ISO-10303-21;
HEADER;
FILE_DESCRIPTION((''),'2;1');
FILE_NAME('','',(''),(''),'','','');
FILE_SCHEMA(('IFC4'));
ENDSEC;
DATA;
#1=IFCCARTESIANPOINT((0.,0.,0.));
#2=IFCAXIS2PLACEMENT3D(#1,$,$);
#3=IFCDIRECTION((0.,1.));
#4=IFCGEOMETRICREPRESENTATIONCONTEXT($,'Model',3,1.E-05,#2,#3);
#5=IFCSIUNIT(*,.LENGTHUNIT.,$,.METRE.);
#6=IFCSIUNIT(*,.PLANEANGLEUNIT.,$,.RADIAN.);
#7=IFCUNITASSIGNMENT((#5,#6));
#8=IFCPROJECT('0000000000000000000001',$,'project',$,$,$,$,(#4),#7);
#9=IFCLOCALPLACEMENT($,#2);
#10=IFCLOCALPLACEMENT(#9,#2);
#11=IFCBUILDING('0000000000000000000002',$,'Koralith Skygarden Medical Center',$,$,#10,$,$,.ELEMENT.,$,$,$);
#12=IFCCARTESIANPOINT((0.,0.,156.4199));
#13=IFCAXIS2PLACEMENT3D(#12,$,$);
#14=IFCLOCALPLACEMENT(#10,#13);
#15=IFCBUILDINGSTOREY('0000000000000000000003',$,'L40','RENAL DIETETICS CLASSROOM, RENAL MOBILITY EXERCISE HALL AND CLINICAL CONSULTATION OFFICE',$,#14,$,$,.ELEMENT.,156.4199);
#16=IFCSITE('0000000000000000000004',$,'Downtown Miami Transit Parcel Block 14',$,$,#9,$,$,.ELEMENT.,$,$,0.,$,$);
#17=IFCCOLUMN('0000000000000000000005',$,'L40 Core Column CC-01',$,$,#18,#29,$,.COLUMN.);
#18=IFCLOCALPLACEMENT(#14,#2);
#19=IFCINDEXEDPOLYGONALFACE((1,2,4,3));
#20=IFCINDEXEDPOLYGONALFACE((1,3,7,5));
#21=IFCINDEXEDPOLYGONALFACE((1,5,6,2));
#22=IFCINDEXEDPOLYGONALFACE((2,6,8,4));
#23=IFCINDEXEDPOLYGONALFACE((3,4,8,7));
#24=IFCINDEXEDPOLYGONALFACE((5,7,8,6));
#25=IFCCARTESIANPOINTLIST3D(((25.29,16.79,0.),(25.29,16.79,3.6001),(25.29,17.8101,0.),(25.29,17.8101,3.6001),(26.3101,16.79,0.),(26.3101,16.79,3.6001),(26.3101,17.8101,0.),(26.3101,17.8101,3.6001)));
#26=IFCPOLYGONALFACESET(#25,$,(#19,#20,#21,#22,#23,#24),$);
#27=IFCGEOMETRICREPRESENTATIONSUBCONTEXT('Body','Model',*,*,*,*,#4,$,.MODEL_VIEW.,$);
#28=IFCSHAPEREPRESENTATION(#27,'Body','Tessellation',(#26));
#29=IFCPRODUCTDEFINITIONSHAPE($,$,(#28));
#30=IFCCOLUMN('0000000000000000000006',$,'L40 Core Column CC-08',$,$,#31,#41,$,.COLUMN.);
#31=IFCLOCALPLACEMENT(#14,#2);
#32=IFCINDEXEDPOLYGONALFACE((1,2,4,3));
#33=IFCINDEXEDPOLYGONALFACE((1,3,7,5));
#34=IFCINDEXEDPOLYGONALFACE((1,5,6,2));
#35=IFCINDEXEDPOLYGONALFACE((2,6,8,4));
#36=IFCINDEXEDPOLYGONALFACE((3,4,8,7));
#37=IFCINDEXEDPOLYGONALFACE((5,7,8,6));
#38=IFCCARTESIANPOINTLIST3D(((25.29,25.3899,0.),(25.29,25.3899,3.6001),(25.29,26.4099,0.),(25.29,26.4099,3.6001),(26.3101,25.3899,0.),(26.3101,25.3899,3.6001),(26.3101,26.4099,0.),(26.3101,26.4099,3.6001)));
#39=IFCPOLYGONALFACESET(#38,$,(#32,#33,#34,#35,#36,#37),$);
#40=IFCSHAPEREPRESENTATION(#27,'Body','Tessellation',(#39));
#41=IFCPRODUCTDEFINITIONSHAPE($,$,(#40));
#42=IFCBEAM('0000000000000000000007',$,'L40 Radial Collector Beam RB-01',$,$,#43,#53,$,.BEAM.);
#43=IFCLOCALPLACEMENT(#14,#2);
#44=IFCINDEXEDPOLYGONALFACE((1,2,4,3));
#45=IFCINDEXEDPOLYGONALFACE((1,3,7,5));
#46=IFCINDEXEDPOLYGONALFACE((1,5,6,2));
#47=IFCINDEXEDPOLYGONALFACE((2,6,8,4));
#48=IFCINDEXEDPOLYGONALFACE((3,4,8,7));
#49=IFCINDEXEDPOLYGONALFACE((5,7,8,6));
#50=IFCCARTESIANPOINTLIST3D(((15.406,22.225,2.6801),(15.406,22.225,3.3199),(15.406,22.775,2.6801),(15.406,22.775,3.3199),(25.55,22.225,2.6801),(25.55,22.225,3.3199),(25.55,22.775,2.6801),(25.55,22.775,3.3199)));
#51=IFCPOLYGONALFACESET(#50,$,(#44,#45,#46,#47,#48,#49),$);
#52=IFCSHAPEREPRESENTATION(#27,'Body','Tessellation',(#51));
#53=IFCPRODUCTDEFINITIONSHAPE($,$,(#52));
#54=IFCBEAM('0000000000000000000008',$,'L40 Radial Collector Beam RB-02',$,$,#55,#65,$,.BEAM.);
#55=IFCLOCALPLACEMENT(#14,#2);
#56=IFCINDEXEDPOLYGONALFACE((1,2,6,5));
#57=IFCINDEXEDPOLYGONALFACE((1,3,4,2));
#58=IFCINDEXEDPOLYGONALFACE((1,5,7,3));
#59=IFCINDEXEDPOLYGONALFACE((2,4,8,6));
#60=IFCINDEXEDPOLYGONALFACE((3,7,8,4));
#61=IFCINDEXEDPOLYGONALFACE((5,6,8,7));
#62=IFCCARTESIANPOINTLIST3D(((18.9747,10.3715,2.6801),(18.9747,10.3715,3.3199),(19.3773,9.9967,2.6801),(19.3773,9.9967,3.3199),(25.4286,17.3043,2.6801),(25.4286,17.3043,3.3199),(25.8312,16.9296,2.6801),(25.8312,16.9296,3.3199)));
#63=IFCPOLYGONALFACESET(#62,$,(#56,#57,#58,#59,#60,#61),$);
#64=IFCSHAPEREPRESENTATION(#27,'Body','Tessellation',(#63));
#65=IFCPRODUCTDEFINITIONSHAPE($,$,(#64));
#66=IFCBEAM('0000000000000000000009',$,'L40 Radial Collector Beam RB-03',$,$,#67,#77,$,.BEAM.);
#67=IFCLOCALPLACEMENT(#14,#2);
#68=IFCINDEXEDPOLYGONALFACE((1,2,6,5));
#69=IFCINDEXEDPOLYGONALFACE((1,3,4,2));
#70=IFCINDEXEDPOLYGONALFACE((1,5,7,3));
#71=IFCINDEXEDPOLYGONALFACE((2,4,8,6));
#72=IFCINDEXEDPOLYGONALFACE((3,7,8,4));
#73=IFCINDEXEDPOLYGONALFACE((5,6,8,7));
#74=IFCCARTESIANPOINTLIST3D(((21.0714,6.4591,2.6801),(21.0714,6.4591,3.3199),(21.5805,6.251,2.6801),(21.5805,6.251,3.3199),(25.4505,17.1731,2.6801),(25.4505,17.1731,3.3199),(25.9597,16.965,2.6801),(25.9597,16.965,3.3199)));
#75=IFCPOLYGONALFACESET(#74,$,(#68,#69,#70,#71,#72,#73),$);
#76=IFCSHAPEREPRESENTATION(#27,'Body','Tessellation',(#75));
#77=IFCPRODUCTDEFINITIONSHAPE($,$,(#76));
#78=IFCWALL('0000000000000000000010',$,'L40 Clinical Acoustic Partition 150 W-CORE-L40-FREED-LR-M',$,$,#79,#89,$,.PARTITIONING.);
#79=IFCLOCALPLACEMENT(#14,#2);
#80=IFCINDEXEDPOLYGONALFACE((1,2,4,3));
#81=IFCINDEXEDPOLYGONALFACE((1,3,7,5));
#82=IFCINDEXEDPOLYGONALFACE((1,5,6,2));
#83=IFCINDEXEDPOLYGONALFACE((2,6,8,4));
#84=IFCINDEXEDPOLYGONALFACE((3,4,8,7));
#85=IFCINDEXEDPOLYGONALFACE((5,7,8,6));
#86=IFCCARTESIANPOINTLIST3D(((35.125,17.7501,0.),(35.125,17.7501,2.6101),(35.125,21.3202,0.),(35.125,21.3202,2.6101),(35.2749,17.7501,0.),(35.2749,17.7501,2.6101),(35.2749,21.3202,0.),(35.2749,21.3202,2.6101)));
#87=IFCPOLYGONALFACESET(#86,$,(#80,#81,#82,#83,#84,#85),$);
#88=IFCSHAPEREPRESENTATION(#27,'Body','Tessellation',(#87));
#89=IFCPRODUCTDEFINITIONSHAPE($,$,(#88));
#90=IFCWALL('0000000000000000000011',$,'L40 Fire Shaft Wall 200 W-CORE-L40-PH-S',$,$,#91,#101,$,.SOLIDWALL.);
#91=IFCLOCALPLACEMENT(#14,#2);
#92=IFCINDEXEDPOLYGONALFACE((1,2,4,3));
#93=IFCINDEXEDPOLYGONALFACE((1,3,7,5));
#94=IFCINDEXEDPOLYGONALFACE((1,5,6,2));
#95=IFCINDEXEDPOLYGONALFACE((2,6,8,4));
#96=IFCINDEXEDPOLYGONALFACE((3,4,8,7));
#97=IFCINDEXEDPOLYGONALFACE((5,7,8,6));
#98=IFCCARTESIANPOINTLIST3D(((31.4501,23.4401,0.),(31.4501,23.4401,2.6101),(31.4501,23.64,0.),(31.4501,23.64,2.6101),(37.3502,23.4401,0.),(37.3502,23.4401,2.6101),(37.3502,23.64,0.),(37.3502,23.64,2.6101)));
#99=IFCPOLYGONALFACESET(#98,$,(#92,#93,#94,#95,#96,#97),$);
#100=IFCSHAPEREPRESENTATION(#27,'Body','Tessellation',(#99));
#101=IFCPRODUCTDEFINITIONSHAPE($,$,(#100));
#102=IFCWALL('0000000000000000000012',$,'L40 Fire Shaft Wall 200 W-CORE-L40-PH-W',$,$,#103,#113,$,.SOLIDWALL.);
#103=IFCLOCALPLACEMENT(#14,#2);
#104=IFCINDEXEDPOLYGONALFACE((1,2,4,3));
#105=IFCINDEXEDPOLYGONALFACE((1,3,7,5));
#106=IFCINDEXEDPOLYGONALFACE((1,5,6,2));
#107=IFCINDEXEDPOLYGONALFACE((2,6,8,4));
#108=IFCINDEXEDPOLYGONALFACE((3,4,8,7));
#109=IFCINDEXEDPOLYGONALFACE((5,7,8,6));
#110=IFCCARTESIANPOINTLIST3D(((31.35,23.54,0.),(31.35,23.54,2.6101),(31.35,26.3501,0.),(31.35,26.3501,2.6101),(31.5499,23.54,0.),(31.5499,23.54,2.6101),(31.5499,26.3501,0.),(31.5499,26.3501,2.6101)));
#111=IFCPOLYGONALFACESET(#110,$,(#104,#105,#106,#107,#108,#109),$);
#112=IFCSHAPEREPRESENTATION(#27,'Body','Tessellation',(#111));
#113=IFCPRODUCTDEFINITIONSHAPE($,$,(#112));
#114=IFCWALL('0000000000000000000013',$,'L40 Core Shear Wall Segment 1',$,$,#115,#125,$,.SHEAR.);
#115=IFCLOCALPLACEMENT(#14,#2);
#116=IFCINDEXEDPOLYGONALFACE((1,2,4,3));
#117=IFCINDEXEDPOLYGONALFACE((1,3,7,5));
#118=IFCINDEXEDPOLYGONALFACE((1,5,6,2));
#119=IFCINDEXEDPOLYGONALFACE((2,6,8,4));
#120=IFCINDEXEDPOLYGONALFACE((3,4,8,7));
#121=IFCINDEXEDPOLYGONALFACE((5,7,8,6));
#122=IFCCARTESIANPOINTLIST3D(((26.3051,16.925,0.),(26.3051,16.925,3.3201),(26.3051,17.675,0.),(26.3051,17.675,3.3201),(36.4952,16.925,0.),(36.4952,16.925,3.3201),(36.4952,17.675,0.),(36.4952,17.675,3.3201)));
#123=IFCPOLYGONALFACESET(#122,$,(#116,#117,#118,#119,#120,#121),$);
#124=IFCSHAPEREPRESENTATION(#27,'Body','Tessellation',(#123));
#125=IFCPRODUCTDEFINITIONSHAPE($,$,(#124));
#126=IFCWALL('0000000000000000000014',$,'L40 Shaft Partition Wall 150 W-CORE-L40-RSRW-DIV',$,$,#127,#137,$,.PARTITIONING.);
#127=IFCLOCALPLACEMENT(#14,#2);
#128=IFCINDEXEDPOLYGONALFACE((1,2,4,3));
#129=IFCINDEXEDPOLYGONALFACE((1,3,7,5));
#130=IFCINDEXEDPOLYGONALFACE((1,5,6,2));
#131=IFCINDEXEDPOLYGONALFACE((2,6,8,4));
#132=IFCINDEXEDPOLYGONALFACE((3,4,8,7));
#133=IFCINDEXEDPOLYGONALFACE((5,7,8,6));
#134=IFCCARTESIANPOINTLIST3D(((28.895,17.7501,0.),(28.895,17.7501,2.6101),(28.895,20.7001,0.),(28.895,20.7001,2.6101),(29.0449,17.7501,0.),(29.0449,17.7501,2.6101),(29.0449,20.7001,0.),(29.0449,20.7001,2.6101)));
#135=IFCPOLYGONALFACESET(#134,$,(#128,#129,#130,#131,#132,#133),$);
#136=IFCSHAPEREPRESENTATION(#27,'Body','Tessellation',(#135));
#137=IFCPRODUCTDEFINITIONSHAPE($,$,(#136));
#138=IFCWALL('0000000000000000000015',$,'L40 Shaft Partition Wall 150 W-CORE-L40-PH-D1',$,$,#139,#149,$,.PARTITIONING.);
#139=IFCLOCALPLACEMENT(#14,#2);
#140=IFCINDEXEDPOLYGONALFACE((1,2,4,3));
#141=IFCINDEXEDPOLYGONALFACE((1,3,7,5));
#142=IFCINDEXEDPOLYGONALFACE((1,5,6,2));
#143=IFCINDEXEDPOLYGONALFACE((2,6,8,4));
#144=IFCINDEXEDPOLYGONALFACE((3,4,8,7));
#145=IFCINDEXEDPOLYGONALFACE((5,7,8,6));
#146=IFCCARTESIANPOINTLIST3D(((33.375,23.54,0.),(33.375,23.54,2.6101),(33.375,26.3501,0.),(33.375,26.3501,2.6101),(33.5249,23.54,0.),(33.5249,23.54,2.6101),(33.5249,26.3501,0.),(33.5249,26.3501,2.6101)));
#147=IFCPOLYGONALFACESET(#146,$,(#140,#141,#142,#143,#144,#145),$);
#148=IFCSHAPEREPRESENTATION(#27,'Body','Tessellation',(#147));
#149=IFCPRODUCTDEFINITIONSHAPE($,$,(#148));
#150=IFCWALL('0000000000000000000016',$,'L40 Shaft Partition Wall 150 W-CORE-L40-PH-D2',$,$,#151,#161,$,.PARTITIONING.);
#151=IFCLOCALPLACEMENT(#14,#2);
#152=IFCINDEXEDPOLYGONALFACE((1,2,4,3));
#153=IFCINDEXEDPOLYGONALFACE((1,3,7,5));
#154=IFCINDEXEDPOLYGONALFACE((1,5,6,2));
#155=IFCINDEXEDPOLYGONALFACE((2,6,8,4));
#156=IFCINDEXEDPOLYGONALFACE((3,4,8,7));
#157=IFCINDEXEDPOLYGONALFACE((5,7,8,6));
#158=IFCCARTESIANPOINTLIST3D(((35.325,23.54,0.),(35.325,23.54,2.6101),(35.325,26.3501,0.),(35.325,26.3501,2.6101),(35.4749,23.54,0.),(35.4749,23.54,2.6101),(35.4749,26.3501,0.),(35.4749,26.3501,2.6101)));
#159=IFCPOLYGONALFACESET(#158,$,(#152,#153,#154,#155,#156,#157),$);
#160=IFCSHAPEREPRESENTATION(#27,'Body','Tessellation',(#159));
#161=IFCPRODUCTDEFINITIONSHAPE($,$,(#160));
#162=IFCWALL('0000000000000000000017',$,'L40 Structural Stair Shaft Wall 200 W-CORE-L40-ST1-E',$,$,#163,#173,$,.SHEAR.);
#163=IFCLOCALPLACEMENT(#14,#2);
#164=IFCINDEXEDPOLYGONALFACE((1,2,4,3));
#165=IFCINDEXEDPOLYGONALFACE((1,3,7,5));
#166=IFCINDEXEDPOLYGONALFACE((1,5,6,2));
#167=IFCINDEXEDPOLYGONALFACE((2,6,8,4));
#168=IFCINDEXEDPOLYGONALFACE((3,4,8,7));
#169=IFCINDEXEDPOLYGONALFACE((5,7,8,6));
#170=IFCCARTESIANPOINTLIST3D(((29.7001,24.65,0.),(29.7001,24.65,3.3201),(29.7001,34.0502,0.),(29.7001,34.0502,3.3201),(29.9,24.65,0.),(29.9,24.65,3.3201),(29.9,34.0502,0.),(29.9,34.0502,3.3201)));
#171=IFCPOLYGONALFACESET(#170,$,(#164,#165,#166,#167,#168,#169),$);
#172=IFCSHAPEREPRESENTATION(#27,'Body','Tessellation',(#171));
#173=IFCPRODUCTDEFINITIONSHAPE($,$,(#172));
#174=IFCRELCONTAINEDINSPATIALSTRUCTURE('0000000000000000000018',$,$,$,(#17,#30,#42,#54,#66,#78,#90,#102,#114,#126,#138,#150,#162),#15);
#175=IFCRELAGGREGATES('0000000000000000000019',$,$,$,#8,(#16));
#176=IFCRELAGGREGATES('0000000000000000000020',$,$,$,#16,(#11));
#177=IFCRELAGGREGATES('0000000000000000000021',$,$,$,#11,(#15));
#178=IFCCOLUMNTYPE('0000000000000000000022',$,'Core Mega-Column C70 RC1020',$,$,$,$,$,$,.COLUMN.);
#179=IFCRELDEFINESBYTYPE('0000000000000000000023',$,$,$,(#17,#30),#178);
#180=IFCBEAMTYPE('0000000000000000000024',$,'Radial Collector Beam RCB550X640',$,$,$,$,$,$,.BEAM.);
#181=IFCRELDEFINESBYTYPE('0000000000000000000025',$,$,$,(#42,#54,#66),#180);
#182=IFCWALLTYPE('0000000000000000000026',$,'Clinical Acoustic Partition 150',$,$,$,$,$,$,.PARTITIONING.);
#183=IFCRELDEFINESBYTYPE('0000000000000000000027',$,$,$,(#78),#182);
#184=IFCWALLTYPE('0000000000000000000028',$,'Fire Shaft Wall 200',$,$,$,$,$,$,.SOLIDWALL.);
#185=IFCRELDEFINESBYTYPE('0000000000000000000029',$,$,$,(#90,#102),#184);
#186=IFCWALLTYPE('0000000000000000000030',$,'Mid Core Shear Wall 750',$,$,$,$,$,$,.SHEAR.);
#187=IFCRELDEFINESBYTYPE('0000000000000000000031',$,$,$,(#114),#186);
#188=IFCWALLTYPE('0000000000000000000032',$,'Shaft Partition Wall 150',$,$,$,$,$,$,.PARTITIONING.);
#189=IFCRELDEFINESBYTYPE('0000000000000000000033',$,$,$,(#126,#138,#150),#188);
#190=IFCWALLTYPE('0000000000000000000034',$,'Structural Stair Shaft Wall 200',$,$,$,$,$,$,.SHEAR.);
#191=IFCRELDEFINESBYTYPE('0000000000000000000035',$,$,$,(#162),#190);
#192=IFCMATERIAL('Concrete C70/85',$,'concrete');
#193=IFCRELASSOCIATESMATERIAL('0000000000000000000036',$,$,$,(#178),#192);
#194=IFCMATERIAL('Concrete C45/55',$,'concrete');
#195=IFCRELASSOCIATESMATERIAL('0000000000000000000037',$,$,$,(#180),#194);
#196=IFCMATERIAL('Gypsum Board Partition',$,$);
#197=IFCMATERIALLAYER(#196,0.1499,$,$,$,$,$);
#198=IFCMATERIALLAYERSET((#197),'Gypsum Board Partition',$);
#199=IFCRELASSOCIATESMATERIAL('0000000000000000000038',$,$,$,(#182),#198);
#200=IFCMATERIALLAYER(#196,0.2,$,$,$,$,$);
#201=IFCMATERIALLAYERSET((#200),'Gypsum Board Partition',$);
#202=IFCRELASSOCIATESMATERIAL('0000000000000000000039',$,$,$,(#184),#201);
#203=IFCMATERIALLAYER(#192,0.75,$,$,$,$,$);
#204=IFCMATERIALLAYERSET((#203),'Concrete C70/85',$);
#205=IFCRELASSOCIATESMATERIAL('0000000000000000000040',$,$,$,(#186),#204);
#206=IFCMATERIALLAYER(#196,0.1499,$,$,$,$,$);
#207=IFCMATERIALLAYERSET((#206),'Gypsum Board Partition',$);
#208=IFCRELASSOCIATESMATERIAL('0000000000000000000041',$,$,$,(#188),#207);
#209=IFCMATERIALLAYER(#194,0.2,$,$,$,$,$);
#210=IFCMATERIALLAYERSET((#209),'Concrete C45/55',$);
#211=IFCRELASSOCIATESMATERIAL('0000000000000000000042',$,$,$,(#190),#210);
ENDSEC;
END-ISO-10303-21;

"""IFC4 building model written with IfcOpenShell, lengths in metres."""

from ifc_helpers import new_model, si_unit, direction, frame, frame_2d, origin, origin_2d, place, context, subcontext, project, spatial, rectangle, extrude, material, layer, layer_set, material_profile, profile_set, type_object, element, save


model = new_model("IFC4")

# Units and contexts
model_context = context("Model", 3, precision=1e-05, world=origin(), true_north=direction((0.0, 1.0)))
body_context = subcontext(model_context, "Body", "Model", "MODEL_VIEW")
ifc_project = project(units=[si_unit("LENGTHUNIT", "METRE"), si_unit("PLANEANGLEUNIT", "RADIAN")], contexts=[model_context])

# Site, building, storey
site_placement = place(None, origin())
site = spatial("IfcSite", under=ifc_project, at=site_placement, Name="Downtown Miami Transit Parcel Block 14", CompositionType="ELEMENT", RefElevation=0.0)
building_placement = place(site_placement, origin())
building = spatial("IfcBuilding", under=site, at=building_placement, Name="Koralith Skygarden Medical Center", CompositionType="ELEMENT")
storey_placement = place(building_placement, frame((0.0, 0.0, 156.4199)))
storey = spatial("IfcBuildingStorey", under=building, at=storey_placement, Name="L40", Description="RENAL DIETETICS CLASSROOM, RENAL MOBILITY EXERCISE HALL AND CLINICAL CONSULTATION OFFICE", CompositionType="ELEMENT", Elevation=156.4199)

# Columns
ifc_material_1 = material(Name="Concrete C70/85", Category="concrete")
ifc_material_profile_1 = material_profile(ifc_material_1, rectangle(XDim=1.02, YDim=1.02, at=origin_2d()), Name="RC1020X1020")
ifc_profile_set_1 = profile_set([ifc_material_profile_1], Name="Concrete C70/85")
column_type = type_object("IfcColumnType", Name="Core Mega-Column C70 RC1020", PredefinedType="COLUMN", material=ifc_profile_set_1)
for number, where, z_axis, x_axis, name in (
    (1, (25.8, 17.3, 0.0), (0.0, 0.0, 1.0), (1.0, 0.0, 0.0), "L40 Core Column CC-01"),
    (2, (25.8, 25.8999, 0.0), (0.0, 0.0, 1.0), (1.0, 0.0, 0.0), "L40 Core Column CC-08"),
):
    element("IfcColumn", number, at=place(storey_placement, frame(where, z_axis=z_axis, x_axis=x_axis)), inside=storey, type_object=column_type, Name=name, PredefinedType="COLUMN", context=body_context, shape_type="SweptSolid", body=[
        extrude(rectangle(XDim=1.02, YDim=1.02, at=origin_2d()), origin(), (0.0, 0.0, 1.0), 3.6001),
    ])

# Beams
ifc_material_2 = material(Name="Concrete C45/55", Category="concrete")
ifc_material_profile_2 = material_profile(ifc_material_2, rectangle(XDim=0.55, YDim=0.6399, at=origin_2d()), Name="RCB550X640")
ifc_profile_set_2 = profile_set([ifc_material_profile_2], Name="Concrete C45/55")
beam_type = type_object("IfcBeamType", Name="Radial Collector Beam RCB550X640", PredefinedType="BEAM", material=ifc_profile_set_2)
beam_1_placement = place(storey_placement, frame((25.55, 22.5, 3.0), z_axis=(-1.0, 0.0, 0.0), x_axis=(0.0, -1.0, 0.0)))
element("IfcBeam", 3, at=beam_1_placement, inside=storey, type_object=beam_type, Name="L40 Radial Collector Beam RB-01", PredefinedType="BEAM", context=body_context, shape_type="SweptSolid", body=[
    extrude(rectangle(XDim=0.55, YDim=0.6399, at=origin_2d()), origin(), (0.0, 0.0, 1.0), 10.144),
])
beam_2_placement = place(storey_placement, frame((25.6299, 17.1169, 3.0), z_axis=(-0.681369, -0.73194, 0.0), x_axis=(0.73194, -0.681369, 0.0)))
element("IfcBeam", 4, at=beam_2_placement, inside=storey, type_object=beam_type, Name="L40 Radial Collector Beam RB-02", PredefinedType="BEAM", context=body_context, shape_type="SweptSolid", body=[
    extrude(rectangle(XDim=0.55, YDim=0.6399, at=origin_2d()), origin(), (0.0, 0.0, 1.0), 9.4719),
])
beam_3_placement = place(storey_placement, frame((25.7051, 17.0691, 3.0), z_axis=(-0.378345, -0.925665, 0.0), x_axis=(0.925665, -0.378345, 0.0)))
element("IfcBeam", 5, at=beam_3_placement, inside=storey, type_object=beam_type, Name="L40 Radial Collector Beam RB-03", PredefinedType="BEAM", context=body_context, shape_type="SweptSolid", body=[
    extrude(rectangle(XDim=0.55, YDim=0.6399, at=origin_2d()), origin(), (0.0, 0.0, 1.0), 11.5745),
])

# Shared definitions
ifc_material_3 = material(Name="Gypsum Board Partition")
ifc_layer_1 = layer(ifc_material_3, 0.1499)
ifc_layer_set_1 = layer_set([ifc_layer_1], Name="Gypsum Board Partition")
wall_type_1 = type_object("IfcWallType", Name="Clinical Acoustic Partition 150", PredefinedType="PARTITIONING", material=ifc_layer_set_1)

# Wall
wall_1_placement = place(storey_placement, frame((35.2, 17.75, 0.0), z_axis=(0.0, 0.0, 1.0), x_axis=(0.0, 1.0, 0.0)))
element("IfcWall", 6, at=wall_1_placement, inside=storey, type_object=wall_type_1, Name="L40 Clinical Acoustic Partition 150 W-CORE-L40-FREED-LR-M", PredefinedType="PARTITIONING", context=body_context, shape_type="SweptSolid", body=[
    extrude(rectangle(XDim=3.5701, YDim=0.1499, at=frame_2d((1.7852, 0.0))), origin(), (0.0, 0.0, 1.0), 2.6101),
])

# Shared definitions
ifc_layer_2 = layer(ifc_material_3, 0.2)
ifc_layer_set_2 = layer_set([ifc_layer_2], Name="Gypsum Board Partition")
wall_type_2 = type_object("IfcWallType", Name="Fire Shaft Wall 200", PredefinedType="SOLIDWALL", material=ifc_layer_set_2)

# Walls
wall_2_placement = place(storey_placement, frame((31.45, 23.54, 0.0), z_axis=(0.0, 0.0, 1.0), x_axis=(1.0, 0.0, 0.0)))
element("IfcWall", 7, at=wall_2_placement, inside=storey, type_object=wall_type_2, Name="L40 Fire Shaft Wall 200 W-CORE-L40-PH-S", PredefinedType="SOLIDWALL", context=body_context, shape_type="SweptSolid", body=[
    extrude(rectangle(XDim=5.9001, YDim=0.2, at=frame_2d((2.9502, 0.0))), origin(), (0.0, 0.0, 1.0), 2.6101),
])
wall_3_placement = place(storey_placement, frame((31.45, 23.54, 0.0), z_axis=(0.0, 0.0, 1.0), x_axis=(0.0, 1.0, 0.0)))
element("IfcWall", 8, at=wall_3_placement, inside=storey, type_object=wall_type_2, Name="L40 Fire Shaft Wall 200 W-CORE-L40-PH-W", PredefinedType="SOLIDWALL", context=body_context, shape_type="SweptSolid", body=[
    extrude(rectangle(XDim=2.8101, YDim=0.2, at=frame_2d((1.405, 0.0))), origin(), (0.0, 0.0, 1.0), 2.6101),
])
ifc_layer_3 = layer(ifc_material_1, 0.75)
ifc_layer_set_3 = layer_set([ifc_layer_3], Name="Concrete C70/85")
wall_type_3 = type_object("IfcWallType", Name="Mid Core Shear Wall 750", PredefinedType="SHEAR", material=ifc_layer_set_3)
wall_4_placement = place(storey_placement, frame((26.3049, 17.3, 0.0), z_axis=(0.0, 0.0, 1.0), x_axis=(1.0, 0.0, 0.0)))
element("IfcWall", 9, at=wall_4_placement, inside=storey, type_object=wall_type_3, Name="L40 Core Shear Wall Segment 1", PredefinedType="SHEAR", context=body_context, shape_type="SweptSolid", body=[
    extrude(rectangle(XDim=10.1902, YDim=0.75, at=frame_2d((5.0952, 0.0))), origin(), (0.0, 0.0, 1.0), 3.3201),
])

# Walls
ifc_layer_4 = layer(ifc_material_3, 0.1499)
ifc_layer_set_4 = layer_set([ifc_layer_4], Name="Gypsum Board Partition")
wall_type_4 = type_object("IfcWallType", Name="Shaft Partition Wall 150", PredefinedType="PARTITIONING", material=ifc_layer_set_4)
wall_5_placement = place(storey_placement, frame((28.97, 17.75, 0.0), z_axis=(0.0, 0.0, 1.0), x_axis=(0.0, 1.0, 0.0)))
element("IfcWall", 10, at=wall_5_placement, inside=storey, type_object=wall_type_4, Name="L40 Shaft Partition Wall 150 W-CORE-L40-RSRW-DIV", PredefinedType="PARTITIONING", context=body_context, shape_type="SweptSolid", body=[
    extrude(rectangle(XDim=2.95, YDim=0.1499, at=frame_2d((1.4751, 0.0))), origin(), (0.0, 0.0, 1.0), 2.6101),
])
for number, where, z_axis, x_axis, name in (
    (11, (33.45, 23.54, 0.0), (0.0, 0.0, 1.0), (0.0, 1.0, 0.0), "L40 Shaft Partition Wall 150 W-CORE-L40-PH-D1"),
    (12, (35.3999, 23.54, 0.0), (0.0, 0.0, 1.0), (0.0, 1.0, 0.0), "L40 Shaft Partition Wall 150 W-CORE-L40-PH-D2"),
):
    element("IfcWall", number, at=place(storey_placement, frame(where, z_axis=z_axis, x_axis=x_axis)), inside=storey, type_object=wall_type_4, Name=name, PredefinedType="PARTITIONING", context=body_context, shape_type="SweptSolid", body=[
        extrude(rectangle(XDim=2.8101, YDim=0.1499, at=frame_2d((1.405, 0.0))), origin(), (0.0, 0.0, 1.0), 2.6101),
    ])
ifc_layer_5 = layer(ifc_material_2, 0.2)
ifc_layer_set_5 = layer_set([ifc_layer_5], Name="Concrete C45/55")
wall_type_5 = type_object("IfcWallType", Name="Structural Stair Shaft Wall 200", PredefinedType="SHEAR", material=ifc_layer_set_5)
wall_6_placement = place(storey_placement, frame((29.8, 24.6499, 0.0), z_axis=(0.0, 0.0, 1.0), x_axis=(0.0, 1.0, 0.0)))
element("IfcWall", 13, at=wall_6_placement, inside=storey, type_object=wall_type_5, Name="L40 Structural Stair Shaft Wall 200 W-CORE-L40-ST1-E", PredefinedType="SHEAR", context=body_context, shape_type="SweptSolid", body=[
    extrude(rectangle(XDim=9.4001, YDim=0.2, at=frame_2d((4.7002, 0.0))), origin(), (0.0, 0.0, 1.0), 3.3201),
])

save(model, "model.ifc")
